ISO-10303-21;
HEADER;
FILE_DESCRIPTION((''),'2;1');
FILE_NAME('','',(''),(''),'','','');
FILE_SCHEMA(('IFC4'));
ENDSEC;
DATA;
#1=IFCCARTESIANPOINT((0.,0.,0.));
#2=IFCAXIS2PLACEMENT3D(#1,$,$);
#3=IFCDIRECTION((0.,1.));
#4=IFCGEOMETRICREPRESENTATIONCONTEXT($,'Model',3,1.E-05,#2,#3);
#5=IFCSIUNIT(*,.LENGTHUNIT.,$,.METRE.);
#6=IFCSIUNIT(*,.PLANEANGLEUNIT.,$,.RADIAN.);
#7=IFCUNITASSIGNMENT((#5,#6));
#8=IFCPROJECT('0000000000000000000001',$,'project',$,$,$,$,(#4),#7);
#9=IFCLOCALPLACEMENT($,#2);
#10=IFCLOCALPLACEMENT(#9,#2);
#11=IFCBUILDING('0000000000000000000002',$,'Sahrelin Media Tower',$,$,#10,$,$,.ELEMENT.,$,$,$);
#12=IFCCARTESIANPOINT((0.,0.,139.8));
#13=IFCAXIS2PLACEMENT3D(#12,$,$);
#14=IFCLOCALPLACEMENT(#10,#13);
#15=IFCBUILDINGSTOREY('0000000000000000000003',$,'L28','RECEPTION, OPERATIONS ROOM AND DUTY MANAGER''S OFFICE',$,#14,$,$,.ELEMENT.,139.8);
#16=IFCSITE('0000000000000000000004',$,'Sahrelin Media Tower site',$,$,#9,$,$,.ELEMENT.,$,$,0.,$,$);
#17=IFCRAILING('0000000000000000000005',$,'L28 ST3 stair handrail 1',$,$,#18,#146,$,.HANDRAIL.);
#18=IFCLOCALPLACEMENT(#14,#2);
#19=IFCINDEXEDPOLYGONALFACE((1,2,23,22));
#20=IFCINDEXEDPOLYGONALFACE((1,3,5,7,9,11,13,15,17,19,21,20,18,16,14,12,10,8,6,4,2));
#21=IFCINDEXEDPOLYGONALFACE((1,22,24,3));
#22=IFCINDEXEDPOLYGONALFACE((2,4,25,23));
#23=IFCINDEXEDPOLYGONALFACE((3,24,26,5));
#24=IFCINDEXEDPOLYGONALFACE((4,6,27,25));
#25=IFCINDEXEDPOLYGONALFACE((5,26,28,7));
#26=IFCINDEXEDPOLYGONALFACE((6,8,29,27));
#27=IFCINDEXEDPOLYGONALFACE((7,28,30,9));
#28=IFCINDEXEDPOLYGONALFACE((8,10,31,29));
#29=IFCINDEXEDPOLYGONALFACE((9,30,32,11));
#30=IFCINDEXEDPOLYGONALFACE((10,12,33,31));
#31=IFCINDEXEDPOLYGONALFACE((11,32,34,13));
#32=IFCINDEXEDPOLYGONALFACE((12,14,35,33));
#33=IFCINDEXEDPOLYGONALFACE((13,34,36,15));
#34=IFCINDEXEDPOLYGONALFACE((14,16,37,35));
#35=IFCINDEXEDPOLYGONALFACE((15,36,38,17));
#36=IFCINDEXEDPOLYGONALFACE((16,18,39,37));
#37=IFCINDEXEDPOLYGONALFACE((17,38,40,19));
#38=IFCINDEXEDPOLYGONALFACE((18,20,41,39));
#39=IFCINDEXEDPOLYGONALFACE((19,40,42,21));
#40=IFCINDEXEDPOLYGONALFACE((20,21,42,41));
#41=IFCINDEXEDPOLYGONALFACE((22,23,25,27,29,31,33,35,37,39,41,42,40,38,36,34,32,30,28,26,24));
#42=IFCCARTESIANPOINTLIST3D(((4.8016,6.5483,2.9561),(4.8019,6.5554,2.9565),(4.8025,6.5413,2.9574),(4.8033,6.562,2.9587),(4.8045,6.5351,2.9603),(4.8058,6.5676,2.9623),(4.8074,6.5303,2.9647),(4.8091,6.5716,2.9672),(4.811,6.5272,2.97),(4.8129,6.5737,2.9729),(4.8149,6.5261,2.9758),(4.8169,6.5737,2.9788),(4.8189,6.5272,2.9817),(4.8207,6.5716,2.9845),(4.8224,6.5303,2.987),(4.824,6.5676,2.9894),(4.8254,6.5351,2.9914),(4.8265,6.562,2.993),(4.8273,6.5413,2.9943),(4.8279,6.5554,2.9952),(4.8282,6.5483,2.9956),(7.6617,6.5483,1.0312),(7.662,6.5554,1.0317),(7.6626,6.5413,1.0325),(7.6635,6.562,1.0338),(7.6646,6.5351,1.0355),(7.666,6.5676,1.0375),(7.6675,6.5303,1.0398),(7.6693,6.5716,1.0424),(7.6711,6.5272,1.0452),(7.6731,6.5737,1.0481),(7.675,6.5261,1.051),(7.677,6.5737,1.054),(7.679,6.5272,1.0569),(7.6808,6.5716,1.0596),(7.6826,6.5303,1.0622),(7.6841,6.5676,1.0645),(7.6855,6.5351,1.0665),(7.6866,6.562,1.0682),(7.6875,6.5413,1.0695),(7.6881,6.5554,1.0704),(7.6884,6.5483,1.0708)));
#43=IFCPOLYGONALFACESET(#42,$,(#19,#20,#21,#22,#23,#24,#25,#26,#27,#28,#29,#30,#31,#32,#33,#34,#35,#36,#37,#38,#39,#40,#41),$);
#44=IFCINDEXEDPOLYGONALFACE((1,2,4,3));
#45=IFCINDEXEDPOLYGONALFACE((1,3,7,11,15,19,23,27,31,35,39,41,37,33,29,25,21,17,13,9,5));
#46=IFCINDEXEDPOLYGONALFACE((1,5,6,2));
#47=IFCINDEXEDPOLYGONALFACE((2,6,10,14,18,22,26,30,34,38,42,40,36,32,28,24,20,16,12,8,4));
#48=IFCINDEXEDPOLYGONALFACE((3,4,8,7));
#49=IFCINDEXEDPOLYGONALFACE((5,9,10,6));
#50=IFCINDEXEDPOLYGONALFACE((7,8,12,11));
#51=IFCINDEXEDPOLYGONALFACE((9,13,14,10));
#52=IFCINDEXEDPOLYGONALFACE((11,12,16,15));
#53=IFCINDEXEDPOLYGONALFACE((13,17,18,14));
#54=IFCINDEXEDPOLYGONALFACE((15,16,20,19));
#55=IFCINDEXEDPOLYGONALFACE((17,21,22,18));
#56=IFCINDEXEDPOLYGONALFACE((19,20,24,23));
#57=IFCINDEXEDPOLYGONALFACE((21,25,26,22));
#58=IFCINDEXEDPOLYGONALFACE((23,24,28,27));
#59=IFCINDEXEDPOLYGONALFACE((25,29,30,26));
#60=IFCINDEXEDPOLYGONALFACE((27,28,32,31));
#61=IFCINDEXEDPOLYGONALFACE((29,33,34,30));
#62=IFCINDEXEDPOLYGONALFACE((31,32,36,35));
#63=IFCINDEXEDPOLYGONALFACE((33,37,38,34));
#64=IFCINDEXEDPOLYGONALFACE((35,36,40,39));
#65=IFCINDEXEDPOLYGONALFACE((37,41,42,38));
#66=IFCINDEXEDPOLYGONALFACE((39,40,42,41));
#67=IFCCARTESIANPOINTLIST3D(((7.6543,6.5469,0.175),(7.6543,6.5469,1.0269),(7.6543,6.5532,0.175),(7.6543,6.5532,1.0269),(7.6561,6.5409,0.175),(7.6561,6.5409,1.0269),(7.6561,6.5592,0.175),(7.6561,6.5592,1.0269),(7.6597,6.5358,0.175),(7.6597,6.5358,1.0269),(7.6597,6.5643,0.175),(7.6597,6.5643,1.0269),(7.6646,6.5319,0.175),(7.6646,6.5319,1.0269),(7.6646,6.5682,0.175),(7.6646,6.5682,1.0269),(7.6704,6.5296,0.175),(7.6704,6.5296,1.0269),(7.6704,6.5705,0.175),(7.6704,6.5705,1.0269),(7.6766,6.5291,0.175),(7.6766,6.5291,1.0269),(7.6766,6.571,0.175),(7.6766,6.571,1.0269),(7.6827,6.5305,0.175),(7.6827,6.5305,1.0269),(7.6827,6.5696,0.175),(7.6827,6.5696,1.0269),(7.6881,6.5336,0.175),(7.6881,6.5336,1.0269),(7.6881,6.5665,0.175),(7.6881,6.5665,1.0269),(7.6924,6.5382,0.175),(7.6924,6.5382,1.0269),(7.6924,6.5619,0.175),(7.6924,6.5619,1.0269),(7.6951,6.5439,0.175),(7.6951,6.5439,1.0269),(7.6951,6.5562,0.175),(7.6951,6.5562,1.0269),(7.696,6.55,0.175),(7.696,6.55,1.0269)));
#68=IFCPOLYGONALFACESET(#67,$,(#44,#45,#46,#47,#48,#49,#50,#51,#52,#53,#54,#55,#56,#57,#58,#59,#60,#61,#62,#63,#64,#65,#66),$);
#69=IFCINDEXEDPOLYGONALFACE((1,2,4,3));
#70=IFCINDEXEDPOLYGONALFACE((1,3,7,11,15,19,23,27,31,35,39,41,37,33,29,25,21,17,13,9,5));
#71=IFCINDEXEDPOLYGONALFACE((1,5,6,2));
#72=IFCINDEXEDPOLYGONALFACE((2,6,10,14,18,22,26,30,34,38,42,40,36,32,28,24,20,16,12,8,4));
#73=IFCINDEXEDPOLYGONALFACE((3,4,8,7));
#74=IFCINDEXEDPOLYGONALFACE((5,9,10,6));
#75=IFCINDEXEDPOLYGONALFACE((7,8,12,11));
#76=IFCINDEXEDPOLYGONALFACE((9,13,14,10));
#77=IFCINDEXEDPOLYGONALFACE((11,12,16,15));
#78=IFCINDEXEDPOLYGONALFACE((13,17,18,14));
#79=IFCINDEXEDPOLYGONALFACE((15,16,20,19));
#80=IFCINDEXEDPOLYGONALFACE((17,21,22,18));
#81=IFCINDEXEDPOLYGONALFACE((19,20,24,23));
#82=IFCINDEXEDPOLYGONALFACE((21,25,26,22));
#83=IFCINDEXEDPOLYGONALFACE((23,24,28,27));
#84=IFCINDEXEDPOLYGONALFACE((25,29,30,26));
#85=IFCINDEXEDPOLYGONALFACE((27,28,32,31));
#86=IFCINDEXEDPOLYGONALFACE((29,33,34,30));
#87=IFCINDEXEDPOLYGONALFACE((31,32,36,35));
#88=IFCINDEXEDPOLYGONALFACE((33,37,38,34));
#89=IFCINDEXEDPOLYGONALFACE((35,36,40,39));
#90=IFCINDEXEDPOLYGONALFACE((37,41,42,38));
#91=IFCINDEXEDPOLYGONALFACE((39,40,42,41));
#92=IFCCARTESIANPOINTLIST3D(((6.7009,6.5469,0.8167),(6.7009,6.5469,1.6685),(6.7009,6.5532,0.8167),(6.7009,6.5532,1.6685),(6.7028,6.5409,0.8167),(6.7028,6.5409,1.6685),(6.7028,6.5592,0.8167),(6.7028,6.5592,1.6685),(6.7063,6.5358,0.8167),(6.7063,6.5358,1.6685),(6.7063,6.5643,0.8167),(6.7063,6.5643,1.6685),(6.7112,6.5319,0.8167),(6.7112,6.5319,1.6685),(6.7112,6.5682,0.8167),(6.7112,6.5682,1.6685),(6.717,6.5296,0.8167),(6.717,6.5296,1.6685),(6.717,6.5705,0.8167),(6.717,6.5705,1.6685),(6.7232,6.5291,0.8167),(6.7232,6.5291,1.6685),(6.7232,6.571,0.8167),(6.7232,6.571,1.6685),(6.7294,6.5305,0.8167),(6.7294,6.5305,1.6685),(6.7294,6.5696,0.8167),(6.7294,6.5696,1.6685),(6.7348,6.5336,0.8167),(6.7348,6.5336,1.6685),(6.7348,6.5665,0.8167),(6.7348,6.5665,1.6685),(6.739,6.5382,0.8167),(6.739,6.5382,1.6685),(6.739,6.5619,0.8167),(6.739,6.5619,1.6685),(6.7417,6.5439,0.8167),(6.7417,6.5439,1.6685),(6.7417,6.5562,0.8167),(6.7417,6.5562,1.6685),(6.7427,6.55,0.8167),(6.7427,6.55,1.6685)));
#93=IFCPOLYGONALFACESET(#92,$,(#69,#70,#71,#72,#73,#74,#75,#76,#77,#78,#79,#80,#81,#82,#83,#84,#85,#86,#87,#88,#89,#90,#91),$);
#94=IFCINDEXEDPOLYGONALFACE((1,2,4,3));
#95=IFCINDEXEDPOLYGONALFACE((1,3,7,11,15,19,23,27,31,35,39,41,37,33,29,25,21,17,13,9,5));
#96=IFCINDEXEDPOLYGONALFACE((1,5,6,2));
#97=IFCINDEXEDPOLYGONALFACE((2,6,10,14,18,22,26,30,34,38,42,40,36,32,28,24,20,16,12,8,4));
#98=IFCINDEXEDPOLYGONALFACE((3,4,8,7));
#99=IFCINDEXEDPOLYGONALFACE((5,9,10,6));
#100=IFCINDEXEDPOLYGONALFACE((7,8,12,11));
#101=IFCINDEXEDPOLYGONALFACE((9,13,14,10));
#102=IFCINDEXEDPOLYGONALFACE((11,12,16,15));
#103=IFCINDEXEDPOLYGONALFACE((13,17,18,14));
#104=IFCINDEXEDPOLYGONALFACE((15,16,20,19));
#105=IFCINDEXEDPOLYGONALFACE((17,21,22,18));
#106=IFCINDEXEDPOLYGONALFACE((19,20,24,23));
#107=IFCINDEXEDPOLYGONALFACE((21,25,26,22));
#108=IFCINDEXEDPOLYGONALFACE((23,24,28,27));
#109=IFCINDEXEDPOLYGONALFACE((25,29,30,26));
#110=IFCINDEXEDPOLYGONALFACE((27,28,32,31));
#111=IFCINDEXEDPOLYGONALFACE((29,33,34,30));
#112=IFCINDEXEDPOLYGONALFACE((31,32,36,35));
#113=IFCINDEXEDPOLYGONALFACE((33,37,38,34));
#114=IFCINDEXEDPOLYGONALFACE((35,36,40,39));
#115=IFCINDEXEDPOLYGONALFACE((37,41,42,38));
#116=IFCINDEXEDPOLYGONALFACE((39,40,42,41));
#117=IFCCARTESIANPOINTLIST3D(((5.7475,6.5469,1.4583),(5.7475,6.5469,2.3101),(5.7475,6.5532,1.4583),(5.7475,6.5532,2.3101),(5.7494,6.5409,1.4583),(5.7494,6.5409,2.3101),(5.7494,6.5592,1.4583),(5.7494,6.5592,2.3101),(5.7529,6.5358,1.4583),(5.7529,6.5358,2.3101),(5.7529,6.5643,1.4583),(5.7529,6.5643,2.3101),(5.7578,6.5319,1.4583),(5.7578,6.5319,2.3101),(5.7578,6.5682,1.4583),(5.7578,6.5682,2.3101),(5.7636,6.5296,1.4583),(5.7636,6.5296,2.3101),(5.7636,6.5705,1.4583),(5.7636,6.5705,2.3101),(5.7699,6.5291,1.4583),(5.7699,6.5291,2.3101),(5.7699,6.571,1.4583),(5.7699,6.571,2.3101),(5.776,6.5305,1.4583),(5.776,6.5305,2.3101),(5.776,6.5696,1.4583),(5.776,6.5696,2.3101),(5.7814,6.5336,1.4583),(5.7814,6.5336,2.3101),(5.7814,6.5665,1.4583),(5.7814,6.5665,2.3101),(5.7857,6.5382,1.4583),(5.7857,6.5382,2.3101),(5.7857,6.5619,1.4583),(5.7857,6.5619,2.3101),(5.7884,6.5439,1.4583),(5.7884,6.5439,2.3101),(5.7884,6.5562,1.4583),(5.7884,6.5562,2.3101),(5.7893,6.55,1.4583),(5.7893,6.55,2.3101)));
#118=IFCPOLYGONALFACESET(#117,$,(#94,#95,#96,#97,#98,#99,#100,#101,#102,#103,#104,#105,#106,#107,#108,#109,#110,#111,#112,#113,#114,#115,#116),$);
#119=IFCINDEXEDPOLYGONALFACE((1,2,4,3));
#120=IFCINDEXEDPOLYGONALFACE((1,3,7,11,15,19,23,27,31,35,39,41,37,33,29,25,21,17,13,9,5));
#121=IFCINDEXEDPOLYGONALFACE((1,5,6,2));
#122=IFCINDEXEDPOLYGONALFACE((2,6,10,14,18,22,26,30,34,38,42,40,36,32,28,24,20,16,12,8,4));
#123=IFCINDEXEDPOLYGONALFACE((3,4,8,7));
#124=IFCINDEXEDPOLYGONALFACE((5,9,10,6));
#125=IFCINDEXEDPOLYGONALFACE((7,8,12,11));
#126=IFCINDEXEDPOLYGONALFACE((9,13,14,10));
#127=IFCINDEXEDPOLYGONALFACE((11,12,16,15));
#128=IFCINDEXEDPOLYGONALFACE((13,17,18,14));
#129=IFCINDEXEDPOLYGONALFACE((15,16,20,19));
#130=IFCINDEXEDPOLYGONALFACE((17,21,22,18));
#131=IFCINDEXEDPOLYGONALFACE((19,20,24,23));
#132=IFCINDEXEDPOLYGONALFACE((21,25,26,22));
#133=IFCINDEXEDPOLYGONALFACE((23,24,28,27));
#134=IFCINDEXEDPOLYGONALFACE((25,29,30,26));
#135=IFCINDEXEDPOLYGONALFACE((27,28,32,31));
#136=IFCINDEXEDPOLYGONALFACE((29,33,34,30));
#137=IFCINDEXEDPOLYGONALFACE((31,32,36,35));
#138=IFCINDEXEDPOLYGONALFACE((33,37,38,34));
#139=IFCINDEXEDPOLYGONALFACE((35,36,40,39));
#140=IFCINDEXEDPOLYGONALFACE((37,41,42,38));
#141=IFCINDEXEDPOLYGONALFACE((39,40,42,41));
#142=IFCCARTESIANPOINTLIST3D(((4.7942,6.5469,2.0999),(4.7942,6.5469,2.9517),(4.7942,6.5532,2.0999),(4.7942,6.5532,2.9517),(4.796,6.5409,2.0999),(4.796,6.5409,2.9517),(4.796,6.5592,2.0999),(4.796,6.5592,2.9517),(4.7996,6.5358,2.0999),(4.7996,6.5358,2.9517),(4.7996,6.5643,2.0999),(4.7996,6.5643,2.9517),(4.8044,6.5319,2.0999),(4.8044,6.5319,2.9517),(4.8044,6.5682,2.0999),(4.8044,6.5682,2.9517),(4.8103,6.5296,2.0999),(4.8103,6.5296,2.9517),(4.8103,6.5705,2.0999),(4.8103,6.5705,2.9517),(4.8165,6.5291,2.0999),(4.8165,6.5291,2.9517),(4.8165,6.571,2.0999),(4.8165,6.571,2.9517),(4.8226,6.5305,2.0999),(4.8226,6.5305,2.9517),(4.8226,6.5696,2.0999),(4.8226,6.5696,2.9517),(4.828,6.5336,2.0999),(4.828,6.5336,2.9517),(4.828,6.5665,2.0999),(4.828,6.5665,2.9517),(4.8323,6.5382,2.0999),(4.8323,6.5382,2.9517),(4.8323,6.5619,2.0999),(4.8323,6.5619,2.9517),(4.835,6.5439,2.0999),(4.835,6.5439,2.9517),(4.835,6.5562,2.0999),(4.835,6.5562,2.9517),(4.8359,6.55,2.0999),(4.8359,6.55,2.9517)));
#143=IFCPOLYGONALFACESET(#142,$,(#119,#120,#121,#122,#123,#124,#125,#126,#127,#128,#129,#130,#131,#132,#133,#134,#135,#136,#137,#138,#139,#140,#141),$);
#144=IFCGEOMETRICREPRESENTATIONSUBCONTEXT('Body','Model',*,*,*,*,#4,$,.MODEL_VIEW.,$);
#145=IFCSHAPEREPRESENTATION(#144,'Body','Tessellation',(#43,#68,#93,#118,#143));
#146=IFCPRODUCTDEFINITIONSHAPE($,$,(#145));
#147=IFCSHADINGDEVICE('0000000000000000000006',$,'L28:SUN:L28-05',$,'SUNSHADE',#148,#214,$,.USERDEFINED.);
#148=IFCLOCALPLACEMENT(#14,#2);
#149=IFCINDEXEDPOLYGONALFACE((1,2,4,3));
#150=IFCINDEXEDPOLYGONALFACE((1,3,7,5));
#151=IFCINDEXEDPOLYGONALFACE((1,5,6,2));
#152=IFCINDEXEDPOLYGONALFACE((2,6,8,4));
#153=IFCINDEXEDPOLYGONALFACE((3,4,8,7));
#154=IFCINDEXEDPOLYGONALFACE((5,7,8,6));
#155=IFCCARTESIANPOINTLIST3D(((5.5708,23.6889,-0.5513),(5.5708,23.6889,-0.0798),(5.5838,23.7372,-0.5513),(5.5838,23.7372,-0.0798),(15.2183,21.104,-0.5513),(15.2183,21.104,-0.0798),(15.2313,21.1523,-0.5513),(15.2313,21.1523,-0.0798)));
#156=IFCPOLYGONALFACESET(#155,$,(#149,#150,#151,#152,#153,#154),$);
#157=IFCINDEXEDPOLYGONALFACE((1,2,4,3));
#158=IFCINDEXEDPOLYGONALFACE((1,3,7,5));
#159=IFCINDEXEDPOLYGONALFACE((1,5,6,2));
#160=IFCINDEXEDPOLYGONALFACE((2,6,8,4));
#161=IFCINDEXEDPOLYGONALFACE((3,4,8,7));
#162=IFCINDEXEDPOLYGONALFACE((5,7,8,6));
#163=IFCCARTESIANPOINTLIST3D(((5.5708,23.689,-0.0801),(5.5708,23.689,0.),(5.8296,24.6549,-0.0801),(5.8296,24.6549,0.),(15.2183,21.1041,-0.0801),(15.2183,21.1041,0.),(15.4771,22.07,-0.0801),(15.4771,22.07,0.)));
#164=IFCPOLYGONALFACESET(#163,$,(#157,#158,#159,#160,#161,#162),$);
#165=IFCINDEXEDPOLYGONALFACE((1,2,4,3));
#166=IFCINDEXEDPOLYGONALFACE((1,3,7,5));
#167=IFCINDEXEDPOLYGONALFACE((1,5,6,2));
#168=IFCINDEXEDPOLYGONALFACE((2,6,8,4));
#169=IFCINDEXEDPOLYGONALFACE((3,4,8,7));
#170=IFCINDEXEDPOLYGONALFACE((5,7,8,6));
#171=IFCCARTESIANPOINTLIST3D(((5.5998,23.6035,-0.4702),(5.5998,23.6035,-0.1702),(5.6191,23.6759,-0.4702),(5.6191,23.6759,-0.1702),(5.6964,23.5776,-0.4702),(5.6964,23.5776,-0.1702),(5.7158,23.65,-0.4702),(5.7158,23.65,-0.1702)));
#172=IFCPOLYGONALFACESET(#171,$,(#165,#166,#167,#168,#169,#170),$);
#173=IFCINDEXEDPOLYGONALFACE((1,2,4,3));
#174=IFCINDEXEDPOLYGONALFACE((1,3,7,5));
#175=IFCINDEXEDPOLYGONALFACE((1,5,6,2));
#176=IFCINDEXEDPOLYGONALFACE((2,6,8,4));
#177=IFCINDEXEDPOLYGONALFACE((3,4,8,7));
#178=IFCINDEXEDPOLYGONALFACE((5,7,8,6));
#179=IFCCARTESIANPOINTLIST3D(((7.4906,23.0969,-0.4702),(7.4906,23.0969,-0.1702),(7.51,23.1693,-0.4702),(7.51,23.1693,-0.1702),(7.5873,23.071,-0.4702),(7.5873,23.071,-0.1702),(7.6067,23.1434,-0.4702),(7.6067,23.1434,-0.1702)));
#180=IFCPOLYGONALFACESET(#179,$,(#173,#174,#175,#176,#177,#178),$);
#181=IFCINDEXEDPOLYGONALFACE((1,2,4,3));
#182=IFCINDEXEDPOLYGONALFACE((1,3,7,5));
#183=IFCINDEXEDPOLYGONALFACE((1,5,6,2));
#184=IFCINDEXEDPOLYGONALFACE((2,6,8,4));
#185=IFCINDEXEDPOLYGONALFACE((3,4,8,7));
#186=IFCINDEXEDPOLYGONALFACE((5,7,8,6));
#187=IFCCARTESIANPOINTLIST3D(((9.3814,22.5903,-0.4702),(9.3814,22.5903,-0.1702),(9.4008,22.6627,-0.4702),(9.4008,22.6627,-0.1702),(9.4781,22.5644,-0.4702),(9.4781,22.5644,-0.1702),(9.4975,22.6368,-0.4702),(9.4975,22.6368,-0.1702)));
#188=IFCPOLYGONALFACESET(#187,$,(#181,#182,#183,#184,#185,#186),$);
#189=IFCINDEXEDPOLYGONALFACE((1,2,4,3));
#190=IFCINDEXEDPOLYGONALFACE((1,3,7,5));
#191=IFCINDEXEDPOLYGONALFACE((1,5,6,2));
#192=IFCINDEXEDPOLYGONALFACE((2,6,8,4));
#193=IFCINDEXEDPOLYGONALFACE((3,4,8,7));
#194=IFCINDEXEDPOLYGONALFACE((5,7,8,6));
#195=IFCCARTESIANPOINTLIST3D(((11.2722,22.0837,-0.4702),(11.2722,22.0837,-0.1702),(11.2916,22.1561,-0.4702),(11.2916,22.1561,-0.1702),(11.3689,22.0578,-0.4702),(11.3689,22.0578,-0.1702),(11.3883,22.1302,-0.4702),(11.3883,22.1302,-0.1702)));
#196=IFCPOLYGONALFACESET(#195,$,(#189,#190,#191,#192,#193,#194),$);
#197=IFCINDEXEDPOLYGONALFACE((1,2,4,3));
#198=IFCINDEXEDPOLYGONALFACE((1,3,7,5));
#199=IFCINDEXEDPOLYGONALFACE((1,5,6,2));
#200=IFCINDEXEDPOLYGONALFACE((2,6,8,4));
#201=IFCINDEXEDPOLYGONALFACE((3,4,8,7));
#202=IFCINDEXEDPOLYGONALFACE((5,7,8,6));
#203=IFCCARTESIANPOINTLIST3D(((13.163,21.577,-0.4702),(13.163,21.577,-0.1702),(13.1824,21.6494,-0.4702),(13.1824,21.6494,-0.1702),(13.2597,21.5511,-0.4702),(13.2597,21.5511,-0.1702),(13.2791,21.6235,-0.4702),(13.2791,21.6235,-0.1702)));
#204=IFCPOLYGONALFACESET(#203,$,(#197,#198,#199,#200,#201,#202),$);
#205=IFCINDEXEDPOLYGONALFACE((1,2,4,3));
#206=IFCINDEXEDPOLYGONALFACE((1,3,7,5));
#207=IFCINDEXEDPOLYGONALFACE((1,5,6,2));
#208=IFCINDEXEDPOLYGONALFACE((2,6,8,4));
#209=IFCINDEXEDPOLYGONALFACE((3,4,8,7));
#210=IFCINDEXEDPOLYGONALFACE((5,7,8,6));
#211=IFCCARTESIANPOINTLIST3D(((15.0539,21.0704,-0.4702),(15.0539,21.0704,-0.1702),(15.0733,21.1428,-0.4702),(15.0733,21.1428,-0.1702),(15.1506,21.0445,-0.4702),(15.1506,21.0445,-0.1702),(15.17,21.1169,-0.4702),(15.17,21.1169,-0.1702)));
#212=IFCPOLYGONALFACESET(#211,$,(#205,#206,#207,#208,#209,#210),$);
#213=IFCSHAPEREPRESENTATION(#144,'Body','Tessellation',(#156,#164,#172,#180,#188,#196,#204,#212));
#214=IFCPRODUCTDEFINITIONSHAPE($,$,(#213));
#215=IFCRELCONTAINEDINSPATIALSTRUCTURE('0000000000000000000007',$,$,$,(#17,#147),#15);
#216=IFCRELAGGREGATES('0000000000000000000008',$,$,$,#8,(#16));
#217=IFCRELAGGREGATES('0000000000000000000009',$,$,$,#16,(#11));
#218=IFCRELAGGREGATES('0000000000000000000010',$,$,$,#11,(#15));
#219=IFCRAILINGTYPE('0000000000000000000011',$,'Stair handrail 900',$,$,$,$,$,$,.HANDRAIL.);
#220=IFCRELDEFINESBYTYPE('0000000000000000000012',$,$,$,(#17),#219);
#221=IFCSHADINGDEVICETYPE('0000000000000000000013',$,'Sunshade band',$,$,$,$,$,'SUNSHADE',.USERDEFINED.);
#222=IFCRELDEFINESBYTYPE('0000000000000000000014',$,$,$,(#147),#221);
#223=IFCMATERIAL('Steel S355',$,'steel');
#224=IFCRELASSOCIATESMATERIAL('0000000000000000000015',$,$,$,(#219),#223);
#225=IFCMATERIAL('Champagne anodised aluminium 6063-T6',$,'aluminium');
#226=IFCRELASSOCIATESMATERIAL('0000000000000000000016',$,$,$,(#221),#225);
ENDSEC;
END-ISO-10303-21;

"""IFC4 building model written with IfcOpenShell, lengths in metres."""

from ifc_helpers import new_model, si_unit, direction, frame, origin, origin_2d, place, context, subcontext, project, spatial, rectangle, circle, extrude, material, type_object, element, save


model = new_model("IFC4")

# Units and contexts
model_context = context("Model", 3, precision=1e-05, world=origin(), true_north=direction((0.0, 1.0)))
body_context = subcontext(model_context, "Body", "Model", "MODEL_VIEW")
ifc_project = project(units=[si_unit("LENGTHUNIT", "METRE"), si_unit("PLANEANGLEUNIT", "RADIAN")], contexts=[model_context])

# Site, building, storey
site_placement = place(None, origin())
site = spatial("IfcSite", under=ifc_project, at=site_placement, Name="Sahrelin Media Tower site", CompositionType="ELEMENT", RefElevation=0.0)
building_placement = place(site_placement, origin())
building = spatial("IfcBuilding", under=site, at=building_placement, Name="Sahrelin Media Tower", CompositionType="ELEMENT")
storey_placement = place(building_placement, frame((0.0, 0.0, 139.8)))
storey = spatial("IfcBuildingStorey", under=building, at=storey_placement, Name="L28", Description="RECEPTION, OPERATIONS ROOM AND DUTY MANAGER'S OFFICE", CompositionType="ELEMENT", Elevation=139.8)

# Shared definitions
ifc_material_1 = material(Name="Steel S355", Category="steel")

# Shared definitions
ifc_material_2 = material(Name="Champagne anodised aluminium 6063-T6", Category="aluminium")

# Shared definitions
placement_1 = place(storey_placement, frame((10.3894, 22.3772, 0.0), z_axis=(0.0, 0.0, 1.0), x_axis=(0.965929, -0.258808, 0.0)))

# Railing
railing_type = type_object("IfcRailingType", Name="Stair handrail 900", PredefinedType="HANDRAIL", material=ifc_material_1)
railing_placement = place(storey_placement, frame((7.675, 6.55, 0.175)))
element("IfcRailing", 1, at=railing_placement, inside=storey, type_object=railing_type, Name="L28 ST3 stair handrail 1", PredefinedType="HANDRAIL", context=body_context, shape_type="SweptSolid", body=[
    extrude(circle(Radius=0.0239, at=origin_2d()), frame((0.0, 0.0, 0.876), z_axis=(-0.829624, 0.0, 0.558323), x_axis=(0.0, -1.0, 0.0)), (0.0, 0.0, 1.0), 3.4475),
    extrude(circle(Radius=0.021, at=origin_2d()), origin(), (0.0, 0.0, 1.0), 0.8518),
    extrude(circle(Radius=0.021, at=origin_2d()), frame((-0.9534, 0.0, 0.6416)), (0.0, 0.0, 1.0), 0.8518),
    extrude(circle(Radius=0.021, at=origin_2d()), frame((-1.9067, 0.0, 1.2832)), (0.0, 0.0, 1.0), 0.8518),
    extrude(circle(Radius=0.021, at=origin_2d()), frame((-2.8601, 0.0, 1.9248)), (0.0, 0.0, 1.0), 0.8518),
])

# Shading device
shading_device_type_1 = type_object("IfcShadingDeviceType", Name="Sunshade band", ElementType="SUNSHADE", PredefinedType="USERDEFINED", material=ifc_material_2)
element("IfcShadingDevice", 2, at=placement_1, inside=storey, type_object=shading_device_type_1, Name="L28:SUN:L28-05", ObjectType="SUNSHADE", PredefinedType="USERDEFINED", context=body_context, shape_type="SweptSolid", body=[
    extrude(rectangle(XDim=9.9878, YDim=0.05, at=origin_2d()), frame((0.0, 0.0449, -0.5513)), (0.0, 0.0, 1.0), 0.4714),
    extrude(rectangle(XDim=9.9878, YDim=1.0, at=origin_2d()), frame((0.0, 0.52, -0.0801)), (0.0, 0.0, 1.0), 0.0801),
    extrude(rectangle(XDim=0.1001, YDim=0.075, at=origin_2d()), frame((-4.8938, -0.0176, -0.4702)), (0.0, 0.0, 1.0), 0.3),
    extrude(rectangle(XDim=0.1001, YDim=0.075, at=origin_2d()), frame((-2.9363, -0.0176, -0.4702)), (0.0, 0.0, 1.0), 0.3),
    extrude(rectangle(XDim=0.1001, YDim=0.075, at=origin_2d()), frame((-0.9788, -0.0176, -0.4702)), (0.0, 0.0, 1.0), 0.3),
    extrude(rectangle(XDim=0.1001, YDim=0.075, at=origin_2d()), frame((0.9788, -0.0176, -0.4702)), (0.0, 0.0, 1.0), 0.3),
    extrude(rectangle(XDim=0.1001, YDim=0.075, at=origin_2d()), frame((2.9363, -0.0176, -0.4702)), (0.0, 0.0, 1.0), 0.3),
    extrude(rectangle(XDim=0.1001, YDim=0.075, at=origin_2d()), frame((4.8938, -0.0176, -0.4702)), (0.0, 0.0, 1.0), 0.3),
])

save(model, "model.ifc")
